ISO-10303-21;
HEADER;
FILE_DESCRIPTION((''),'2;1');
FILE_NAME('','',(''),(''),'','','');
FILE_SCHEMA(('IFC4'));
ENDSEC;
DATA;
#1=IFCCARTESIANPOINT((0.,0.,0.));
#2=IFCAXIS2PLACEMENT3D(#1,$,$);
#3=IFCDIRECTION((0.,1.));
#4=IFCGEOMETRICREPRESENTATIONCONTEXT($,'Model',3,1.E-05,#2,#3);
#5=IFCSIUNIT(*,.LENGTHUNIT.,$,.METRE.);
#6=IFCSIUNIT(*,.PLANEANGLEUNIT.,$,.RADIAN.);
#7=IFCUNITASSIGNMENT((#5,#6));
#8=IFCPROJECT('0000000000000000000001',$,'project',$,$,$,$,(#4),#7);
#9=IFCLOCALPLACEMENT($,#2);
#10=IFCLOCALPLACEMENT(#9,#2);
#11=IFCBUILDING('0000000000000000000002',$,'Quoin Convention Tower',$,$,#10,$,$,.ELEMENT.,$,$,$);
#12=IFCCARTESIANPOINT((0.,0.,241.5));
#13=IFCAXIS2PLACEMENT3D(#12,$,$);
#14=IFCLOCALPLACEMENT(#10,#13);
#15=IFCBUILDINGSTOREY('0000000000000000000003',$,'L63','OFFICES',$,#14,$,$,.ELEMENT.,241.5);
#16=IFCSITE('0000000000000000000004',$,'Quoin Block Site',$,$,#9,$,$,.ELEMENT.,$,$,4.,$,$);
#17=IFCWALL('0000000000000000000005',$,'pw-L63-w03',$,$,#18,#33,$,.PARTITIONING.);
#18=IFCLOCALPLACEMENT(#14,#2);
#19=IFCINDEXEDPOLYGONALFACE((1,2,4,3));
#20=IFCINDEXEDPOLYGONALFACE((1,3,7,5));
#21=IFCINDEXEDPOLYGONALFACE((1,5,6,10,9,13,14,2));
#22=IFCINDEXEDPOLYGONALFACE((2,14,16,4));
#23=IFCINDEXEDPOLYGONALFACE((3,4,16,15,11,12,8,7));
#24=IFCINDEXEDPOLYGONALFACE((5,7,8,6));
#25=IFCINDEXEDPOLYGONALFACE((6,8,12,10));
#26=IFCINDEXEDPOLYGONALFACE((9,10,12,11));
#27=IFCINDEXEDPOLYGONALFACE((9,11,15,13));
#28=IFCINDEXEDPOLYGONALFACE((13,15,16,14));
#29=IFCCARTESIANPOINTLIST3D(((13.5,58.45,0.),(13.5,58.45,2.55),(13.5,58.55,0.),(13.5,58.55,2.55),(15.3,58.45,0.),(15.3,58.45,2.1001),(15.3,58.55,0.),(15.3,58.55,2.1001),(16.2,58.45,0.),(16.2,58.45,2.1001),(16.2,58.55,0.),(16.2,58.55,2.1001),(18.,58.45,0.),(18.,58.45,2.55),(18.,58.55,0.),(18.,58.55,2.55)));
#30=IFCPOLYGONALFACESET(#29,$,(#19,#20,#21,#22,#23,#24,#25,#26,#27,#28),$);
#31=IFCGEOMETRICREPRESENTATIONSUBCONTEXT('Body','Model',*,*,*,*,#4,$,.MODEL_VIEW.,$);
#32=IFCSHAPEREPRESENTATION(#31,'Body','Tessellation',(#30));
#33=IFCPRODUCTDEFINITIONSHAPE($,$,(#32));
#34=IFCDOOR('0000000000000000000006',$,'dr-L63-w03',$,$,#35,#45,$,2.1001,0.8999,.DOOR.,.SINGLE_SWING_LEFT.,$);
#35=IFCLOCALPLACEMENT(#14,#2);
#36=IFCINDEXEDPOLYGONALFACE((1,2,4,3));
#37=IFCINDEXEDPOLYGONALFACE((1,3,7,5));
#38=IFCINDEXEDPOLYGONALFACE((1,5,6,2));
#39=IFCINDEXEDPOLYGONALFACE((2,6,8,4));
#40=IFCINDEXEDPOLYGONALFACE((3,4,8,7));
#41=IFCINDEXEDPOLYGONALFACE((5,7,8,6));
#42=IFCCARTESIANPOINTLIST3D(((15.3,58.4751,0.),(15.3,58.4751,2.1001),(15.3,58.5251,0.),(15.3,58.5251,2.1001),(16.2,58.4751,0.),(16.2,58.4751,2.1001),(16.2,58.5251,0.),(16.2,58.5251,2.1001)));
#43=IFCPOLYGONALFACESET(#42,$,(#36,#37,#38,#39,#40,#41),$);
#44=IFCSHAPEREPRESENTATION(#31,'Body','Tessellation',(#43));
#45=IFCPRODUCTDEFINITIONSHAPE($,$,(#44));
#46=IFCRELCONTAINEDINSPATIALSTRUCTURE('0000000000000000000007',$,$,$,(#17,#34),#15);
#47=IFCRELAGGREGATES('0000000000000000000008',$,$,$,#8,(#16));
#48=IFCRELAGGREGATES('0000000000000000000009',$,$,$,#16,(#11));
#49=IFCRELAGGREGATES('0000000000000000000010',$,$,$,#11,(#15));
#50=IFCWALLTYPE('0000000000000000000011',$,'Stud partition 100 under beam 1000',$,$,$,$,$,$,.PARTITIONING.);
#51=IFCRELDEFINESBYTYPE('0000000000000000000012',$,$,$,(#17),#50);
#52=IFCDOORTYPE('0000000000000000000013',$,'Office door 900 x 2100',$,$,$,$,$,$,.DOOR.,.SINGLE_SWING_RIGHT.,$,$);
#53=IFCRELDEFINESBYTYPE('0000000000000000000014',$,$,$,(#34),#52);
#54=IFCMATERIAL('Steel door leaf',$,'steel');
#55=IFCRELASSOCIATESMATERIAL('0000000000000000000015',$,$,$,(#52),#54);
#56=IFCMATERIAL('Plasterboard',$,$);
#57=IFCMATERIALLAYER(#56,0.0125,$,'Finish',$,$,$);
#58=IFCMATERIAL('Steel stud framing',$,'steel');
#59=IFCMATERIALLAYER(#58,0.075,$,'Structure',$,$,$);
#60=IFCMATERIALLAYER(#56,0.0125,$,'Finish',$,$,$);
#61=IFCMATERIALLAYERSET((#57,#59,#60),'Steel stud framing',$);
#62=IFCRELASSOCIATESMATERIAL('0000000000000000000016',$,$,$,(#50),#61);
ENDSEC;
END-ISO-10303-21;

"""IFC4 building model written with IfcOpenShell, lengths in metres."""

from ifc_helpers import new_model, si_unit, direction, frame, frame_2d, origin, place, context, subcontext, project, spatial, rectangle, extrude, material, layer, layer_set, type_object, element, fill, save


model = new_model("IFC4")

# Units and contexts
model_context = context("Model", 3, precision=1e-05, world=origin(), true_north=direction((0.0, 1.0)))
body_context = subcontext(model_context, "Body", "Model", "MODEL_VIEW")
ifc_project = project(units=[si_unit("LENGTHUNIT", "METRE"), si_unit("PLANEANGLEUNIT", "RADIAN")], contexts=[model_context])

# Site, building, storey
site_placement = place(None, origin())
site = spatial("IfcSite", under=ifc_project, at=site_placement, Name="Quoin Block Site", CompositionType="ELEMENT", RefElevation=4.0)
building_placement = place(site_placement, origin())
building = spatial("IfcBuilding", under=site, at=building_placement, Name="Quoin Convention Tower", CompositionType="ELEMENT")
storey_placement = place(building_placement, frame((0.0, 0.0, 241.5)))
storey = spatial("IfcBuildingStorey", under=building, at=storey_placement, Name="L63", Description="OFFICES", CompositionType="ELEMENT", Elevation=241.5)

# Shared definitions
ifc_material_1 = material(Name="Plasterboard")
ifc_material_2 = material(Name="Steel stud framing", Category="steel")
ifc_material_3 = material(Name="Steel door leaf", Category="steel")

# Shared definitions
door_type_1 = type_object("IfcDoorType", Name="Office door 900 x 2100", OperationType="SINGLE_SWING_RIGHT", PredefinedType="DOOR", material=ifc_material_3)

# Shared definitions
ifc_layer_1 = layer(ifc_material_1, 0.0125, Name="Finish")
ifc_layer_2 = layer(ifc_material_2, 0.075, Name="Structure")
ifc_layer_3 = layer(ifc_material_1, 0.0125, Name="Finish")
ifc_layer_set_1 = layer_set([ifc_layer_1, ifc_layer_2, ifc_layer_3], Name="Steel stud framing")
wall_type_1 = type_object("IfcWallType", Name="Stud partition 100 under beam 1000", PredefinedType="PARTITIONING", material=ifc_layer_set_1)

# Wall, opening, door
wall_1_placement = place(storey_placement, frame((13.5, 58.5, 0.0), z_axis=(0.0, 0.0, 1.0), x_axis=(1.0, 0.0, 0.0)))
wall_1 = element("IfcWall", 1, at=wall_1_placement, inside=storey, type_object=wall_type_1, Name="pw-L63-w03", PredefinedType="PARTITIONING", context=body_context, shape_type="SweptSolid", body=[
    extrude(rectangle(XDim=4.5, YDim=0.1001, at=frame_2d((2.25, 0.0))), origin(), (0.0, 0.0, 1.0), 2.55),
])
opening_1_placement = place(wall_1_placement, frame((1.8, 0.0, 0.0)))
opening_1 = element("IfcOpeningElement", 2, at=opening_1_placement, cuts=wall_1, PredefinedType="OPENING", context=body_context, shape_type="SweptSolid", body=[
    extrude(rectangle(XDim=0.8999, YDim=2.1001, at=frame_2d((0.45, 1.05))), frame((0.0, 0.0601, 0.0), z_axis=(0.0, -1.0, 0.0), x_axis=(1.0, 0.0, 0.0)), (0.0, 0.0, 1.0), 0.1201),
])
door_1_placement = place(opening_1_placement, frame((0.8999, 0.0, 0.0), z_axis=(0.0, 0.0, 1.0), x_axis=(-1.0, 0.0, 0.0)))
door_1 = element("IfcDoor", 3, at=door_1_placement, inside=storey, type_object=door_type_1, Name="dr-L63-w03", OperationType="SINGLE_SWING_LEFT", OverallHeight=2.1001, OverallWidth=0.8999, PredefinedType="DOOR", context=body_context, shape_type="SweptSolid", body=[
    extrude(rectangle(XDim=0.8999, YDim=2.1001, at=frame_2d((0.45, 1.05))), frame((0.0, 0.0249, 0.0), z_axis=(0.0, -1.0, 0.0), x_axis=(1.0, 0.0, 0.0)), (0.0, 0.0, 1.0), 0.05),
])
fill(opening_1, door_1)

save(model, "model.ifc")
